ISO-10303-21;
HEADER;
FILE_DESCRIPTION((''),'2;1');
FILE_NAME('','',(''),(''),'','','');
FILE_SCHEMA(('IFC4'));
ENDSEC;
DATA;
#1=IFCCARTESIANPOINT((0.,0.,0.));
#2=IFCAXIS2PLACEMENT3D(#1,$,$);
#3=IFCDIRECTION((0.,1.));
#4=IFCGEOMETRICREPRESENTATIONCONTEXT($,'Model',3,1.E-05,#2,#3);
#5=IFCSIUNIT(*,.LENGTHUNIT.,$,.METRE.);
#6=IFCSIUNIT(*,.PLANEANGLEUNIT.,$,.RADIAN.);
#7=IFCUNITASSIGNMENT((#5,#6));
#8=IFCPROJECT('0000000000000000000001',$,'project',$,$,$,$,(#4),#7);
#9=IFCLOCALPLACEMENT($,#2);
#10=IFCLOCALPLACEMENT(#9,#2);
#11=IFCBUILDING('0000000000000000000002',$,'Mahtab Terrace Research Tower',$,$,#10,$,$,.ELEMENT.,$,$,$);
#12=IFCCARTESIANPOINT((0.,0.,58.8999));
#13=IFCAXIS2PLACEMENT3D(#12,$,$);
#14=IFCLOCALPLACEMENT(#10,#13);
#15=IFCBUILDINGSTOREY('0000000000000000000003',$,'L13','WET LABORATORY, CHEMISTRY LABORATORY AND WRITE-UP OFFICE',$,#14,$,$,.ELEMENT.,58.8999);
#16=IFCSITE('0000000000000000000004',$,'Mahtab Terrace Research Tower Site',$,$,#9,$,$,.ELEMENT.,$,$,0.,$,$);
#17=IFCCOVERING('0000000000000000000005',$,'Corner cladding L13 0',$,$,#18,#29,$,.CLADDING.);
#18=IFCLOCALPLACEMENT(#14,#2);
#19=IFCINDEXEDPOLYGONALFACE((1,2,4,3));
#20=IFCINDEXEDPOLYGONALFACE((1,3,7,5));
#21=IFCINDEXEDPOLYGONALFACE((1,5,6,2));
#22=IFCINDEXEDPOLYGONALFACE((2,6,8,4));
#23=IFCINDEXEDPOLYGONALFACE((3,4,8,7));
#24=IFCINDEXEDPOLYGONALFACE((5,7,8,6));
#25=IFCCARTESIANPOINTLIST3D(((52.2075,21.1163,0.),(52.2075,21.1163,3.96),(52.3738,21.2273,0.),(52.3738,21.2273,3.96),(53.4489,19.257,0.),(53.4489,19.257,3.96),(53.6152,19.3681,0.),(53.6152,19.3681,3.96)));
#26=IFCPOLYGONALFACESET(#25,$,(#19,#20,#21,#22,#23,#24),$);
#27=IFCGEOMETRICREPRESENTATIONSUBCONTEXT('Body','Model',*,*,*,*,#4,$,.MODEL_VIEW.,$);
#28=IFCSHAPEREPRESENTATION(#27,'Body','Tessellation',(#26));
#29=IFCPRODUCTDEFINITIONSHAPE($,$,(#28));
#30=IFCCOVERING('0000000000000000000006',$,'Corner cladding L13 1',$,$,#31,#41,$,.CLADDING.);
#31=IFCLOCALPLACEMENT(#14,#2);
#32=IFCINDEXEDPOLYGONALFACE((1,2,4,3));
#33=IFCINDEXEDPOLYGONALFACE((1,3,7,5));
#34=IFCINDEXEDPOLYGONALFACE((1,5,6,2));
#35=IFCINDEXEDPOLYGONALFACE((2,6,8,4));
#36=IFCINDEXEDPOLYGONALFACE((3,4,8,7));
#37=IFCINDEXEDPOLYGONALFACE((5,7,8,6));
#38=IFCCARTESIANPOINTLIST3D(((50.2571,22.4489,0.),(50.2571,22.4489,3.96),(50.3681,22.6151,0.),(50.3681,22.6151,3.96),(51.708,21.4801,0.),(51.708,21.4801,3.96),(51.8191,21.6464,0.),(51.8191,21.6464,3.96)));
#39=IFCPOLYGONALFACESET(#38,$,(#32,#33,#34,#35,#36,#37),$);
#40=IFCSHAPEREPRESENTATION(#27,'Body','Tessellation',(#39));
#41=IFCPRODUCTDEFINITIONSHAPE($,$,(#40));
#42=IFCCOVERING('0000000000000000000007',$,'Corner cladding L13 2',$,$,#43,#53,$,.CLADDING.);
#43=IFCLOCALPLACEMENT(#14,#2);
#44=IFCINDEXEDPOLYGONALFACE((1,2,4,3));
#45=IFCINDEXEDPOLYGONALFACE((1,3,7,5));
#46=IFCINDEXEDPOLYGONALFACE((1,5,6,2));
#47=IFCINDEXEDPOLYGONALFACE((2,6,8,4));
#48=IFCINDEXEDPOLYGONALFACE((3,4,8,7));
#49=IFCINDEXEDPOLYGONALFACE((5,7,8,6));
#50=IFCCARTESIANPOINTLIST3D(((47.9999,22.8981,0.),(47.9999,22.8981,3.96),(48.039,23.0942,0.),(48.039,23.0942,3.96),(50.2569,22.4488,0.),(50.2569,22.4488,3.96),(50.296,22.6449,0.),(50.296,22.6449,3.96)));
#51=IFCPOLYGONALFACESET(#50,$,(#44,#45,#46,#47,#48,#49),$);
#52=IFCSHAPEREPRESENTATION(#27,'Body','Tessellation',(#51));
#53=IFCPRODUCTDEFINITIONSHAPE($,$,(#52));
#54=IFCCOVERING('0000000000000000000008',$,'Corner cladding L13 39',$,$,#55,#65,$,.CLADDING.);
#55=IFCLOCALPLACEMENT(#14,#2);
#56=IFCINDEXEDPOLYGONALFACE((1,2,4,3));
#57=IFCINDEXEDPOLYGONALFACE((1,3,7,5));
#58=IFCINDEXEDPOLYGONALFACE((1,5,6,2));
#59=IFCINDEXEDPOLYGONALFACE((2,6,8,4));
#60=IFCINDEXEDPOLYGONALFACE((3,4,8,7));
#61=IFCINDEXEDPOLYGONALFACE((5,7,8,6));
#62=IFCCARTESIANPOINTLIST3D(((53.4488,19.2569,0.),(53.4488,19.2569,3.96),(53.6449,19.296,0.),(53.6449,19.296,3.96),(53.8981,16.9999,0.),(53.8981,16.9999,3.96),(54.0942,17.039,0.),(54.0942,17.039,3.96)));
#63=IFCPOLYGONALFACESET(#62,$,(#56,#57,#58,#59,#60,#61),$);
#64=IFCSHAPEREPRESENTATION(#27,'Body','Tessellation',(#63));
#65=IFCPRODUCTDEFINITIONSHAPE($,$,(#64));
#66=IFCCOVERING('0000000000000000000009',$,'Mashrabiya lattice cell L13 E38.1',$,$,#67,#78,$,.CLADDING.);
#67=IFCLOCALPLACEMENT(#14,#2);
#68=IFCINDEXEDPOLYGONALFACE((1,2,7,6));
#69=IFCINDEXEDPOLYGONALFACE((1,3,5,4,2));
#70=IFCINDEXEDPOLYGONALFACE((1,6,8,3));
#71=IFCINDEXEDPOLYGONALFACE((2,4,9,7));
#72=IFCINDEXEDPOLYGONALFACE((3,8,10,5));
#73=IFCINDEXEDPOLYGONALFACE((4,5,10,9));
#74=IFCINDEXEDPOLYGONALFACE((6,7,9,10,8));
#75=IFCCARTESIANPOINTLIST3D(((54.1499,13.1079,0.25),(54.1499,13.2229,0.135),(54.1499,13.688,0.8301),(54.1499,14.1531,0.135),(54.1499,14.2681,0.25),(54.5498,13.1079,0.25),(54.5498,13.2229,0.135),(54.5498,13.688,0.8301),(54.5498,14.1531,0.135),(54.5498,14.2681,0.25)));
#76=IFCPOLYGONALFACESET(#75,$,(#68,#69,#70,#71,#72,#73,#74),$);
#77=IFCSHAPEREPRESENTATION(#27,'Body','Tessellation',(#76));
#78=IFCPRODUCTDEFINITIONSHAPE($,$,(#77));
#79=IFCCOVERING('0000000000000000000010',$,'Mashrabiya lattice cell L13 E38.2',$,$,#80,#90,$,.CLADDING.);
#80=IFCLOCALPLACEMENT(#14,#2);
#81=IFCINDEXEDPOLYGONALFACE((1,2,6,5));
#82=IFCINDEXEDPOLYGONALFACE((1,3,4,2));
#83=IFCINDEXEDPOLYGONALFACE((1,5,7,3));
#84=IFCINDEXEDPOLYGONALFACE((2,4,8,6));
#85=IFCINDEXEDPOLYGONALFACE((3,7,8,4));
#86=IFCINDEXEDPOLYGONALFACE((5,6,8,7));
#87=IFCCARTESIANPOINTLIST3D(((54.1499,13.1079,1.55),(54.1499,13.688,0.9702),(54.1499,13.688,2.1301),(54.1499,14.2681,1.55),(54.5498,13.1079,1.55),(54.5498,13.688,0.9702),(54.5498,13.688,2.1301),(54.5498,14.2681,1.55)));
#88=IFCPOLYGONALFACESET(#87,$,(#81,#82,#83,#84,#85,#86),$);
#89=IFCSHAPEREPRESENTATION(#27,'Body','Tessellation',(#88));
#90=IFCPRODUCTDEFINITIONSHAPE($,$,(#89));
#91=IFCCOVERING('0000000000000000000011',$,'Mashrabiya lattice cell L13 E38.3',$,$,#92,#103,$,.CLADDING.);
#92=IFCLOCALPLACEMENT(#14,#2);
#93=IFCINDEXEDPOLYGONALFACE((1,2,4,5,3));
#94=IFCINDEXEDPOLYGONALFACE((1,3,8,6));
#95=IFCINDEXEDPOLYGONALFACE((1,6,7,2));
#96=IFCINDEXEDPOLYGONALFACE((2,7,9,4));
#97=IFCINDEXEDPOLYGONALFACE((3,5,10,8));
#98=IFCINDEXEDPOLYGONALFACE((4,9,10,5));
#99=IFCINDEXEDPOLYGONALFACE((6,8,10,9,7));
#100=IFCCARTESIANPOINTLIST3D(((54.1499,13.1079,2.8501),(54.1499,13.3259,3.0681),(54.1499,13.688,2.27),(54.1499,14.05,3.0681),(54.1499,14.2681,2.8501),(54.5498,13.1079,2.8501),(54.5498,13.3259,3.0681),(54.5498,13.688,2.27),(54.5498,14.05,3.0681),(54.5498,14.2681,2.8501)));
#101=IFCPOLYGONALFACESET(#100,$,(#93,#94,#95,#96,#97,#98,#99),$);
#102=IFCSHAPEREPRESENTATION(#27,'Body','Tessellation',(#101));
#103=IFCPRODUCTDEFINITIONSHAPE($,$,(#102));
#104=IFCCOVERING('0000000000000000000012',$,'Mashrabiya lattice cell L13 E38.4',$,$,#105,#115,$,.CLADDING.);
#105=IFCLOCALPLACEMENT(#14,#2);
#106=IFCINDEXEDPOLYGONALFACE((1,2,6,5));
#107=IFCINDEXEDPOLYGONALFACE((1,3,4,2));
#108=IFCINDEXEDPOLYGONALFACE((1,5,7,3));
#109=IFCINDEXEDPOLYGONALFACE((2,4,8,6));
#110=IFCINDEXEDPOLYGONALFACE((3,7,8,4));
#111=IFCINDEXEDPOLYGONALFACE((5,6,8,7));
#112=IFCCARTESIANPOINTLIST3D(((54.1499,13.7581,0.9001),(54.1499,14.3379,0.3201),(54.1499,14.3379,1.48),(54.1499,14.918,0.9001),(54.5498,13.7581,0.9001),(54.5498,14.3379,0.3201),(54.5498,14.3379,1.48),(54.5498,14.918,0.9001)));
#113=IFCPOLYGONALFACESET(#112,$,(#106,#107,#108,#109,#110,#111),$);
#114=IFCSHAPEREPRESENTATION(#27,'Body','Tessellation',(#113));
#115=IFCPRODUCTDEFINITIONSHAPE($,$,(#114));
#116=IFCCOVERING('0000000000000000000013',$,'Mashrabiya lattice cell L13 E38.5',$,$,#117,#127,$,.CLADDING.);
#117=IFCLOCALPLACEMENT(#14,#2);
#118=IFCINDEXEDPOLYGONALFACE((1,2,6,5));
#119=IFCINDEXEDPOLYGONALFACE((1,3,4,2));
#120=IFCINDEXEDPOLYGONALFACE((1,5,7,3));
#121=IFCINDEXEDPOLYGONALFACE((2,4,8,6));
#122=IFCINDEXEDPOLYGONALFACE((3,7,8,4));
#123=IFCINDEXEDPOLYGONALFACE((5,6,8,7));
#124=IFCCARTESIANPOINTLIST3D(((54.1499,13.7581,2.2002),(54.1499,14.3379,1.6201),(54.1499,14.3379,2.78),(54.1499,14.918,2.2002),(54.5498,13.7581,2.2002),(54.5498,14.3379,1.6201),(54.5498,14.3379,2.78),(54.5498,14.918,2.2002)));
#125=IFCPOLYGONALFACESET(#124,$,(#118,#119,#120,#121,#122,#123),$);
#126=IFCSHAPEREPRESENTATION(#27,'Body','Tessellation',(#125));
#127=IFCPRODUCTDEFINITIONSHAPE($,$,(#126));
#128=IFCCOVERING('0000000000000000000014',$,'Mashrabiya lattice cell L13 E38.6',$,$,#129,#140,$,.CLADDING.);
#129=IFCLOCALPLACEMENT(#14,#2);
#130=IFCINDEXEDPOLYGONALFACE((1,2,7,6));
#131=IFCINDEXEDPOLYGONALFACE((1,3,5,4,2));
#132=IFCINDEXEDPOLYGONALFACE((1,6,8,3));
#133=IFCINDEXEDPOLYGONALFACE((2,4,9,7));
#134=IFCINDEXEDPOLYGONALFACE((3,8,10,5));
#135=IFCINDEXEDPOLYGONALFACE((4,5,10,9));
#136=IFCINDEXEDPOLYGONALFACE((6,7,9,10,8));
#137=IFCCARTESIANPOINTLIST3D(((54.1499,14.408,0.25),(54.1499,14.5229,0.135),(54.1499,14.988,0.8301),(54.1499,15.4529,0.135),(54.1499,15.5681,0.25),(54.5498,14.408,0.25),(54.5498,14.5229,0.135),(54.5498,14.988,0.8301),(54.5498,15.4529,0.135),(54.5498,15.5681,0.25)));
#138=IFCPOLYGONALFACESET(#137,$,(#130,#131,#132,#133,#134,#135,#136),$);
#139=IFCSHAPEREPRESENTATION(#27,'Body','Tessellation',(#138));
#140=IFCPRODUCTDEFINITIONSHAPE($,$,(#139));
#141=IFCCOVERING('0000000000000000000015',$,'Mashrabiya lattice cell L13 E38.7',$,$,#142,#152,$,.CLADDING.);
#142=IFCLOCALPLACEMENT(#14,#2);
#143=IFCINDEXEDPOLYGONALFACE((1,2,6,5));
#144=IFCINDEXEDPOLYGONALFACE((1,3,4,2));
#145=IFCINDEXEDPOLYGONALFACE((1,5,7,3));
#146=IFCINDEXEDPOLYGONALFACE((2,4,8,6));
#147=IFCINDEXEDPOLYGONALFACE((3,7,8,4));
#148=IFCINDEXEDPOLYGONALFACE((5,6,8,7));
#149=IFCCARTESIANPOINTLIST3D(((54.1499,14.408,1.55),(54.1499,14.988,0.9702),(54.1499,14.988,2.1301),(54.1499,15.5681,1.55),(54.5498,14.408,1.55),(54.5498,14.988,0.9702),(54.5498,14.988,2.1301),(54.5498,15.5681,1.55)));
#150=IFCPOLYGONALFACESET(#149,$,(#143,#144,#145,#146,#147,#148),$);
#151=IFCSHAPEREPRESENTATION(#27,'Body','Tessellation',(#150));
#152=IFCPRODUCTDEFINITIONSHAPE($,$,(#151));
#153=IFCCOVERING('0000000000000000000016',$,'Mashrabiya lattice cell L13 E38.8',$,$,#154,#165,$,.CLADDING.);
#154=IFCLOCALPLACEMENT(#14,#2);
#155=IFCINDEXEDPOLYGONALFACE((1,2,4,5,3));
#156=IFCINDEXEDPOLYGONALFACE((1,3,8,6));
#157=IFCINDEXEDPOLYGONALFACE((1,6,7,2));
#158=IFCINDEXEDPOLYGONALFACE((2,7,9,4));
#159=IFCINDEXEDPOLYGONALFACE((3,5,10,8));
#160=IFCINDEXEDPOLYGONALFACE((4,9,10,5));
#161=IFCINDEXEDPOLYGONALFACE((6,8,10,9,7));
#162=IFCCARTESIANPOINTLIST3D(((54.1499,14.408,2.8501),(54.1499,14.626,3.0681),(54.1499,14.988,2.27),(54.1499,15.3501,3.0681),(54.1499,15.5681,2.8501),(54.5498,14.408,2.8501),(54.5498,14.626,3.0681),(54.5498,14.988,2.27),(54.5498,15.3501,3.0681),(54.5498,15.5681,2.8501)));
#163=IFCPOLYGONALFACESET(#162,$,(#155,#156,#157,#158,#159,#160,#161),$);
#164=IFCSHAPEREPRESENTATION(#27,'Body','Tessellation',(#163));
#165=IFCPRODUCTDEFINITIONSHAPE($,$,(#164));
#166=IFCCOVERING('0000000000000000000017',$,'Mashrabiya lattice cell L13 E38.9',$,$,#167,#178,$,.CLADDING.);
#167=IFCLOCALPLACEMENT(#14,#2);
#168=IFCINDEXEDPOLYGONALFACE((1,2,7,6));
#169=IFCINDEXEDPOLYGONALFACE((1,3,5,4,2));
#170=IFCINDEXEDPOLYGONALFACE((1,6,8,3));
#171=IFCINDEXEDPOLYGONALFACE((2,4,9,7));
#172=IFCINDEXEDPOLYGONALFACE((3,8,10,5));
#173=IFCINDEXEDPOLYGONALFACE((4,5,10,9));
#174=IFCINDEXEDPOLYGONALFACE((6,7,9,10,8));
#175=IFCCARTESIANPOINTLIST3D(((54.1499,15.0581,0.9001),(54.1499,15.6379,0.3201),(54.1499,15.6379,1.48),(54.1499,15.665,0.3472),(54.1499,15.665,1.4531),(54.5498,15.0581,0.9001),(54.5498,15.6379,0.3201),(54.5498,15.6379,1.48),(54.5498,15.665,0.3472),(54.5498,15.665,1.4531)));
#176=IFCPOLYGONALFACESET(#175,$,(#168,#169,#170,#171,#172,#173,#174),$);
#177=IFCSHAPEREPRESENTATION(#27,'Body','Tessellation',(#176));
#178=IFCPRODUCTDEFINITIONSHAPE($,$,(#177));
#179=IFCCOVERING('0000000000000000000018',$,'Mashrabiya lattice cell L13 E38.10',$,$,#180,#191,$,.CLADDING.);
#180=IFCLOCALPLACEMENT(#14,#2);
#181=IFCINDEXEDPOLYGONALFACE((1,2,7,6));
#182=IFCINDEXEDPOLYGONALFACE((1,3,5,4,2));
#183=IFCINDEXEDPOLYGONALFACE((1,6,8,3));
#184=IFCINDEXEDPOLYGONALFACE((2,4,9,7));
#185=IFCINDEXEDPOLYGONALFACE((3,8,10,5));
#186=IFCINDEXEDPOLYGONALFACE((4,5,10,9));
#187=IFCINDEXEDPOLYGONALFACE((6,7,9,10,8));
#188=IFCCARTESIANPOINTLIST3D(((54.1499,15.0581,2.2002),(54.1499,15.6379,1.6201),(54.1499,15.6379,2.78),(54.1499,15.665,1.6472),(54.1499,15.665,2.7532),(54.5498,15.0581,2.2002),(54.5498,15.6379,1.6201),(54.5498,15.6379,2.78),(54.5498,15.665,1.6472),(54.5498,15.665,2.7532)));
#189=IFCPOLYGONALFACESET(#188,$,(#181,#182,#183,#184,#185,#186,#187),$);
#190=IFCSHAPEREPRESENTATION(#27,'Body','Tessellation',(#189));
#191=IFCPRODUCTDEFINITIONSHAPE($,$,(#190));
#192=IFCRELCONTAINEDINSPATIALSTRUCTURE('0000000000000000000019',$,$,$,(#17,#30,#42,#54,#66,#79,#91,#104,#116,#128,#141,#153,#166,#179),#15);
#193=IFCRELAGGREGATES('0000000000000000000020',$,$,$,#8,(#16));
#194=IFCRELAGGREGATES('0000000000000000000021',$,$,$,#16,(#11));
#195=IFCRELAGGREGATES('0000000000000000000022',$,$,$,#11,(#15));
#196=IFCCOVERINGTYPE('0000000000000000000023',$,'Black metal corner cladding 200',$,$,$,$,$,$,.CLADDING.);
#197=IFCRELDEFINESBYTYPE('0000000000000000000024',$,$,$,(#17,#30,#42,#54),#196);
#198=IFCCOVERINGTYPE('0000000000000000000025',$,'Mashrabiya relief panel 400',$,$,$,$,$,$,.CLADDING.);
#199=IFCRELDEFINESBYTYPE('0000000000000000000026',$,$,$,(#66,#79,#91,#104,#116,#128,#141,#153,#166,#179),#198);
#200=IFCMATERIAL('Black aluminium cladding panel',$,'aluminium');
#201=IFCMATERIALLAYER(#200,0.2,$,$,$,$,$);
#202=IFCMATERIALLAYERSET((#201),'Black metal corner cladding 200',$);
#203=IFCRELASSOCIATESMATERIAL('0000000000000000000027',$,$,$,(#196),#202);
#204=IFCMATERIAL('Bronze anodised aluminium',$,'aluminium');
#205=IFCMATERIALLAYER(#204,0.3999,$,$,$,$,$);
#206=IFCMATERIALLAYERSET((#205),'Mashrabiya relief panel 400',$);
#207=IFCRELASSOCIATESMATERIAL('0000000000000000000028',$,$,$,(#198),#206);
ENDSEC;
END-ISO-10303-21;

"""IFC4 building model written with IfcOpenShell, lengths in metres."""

from ifc_helpers import new_model, si_unit, direction, frame, origin, origin_2d, place, context, subcontext, project, spatial, polyline, rectangle, outline, extrude, material, layer, layer_set, type_object, element, save


model = new_model("IFC4")

# Units and contexts
model_context = context("Model", 3, precision=1e-05, world=origin(), true_north=direction((0.0, 1.0)))
body_context = subcontext(model_context, "Body", "Model", "MODEL_VIEW")
ifc_project = project(units=[si_unit("LENGTHUNIT", "METRE"), si_unit("PLANEANGLEUNIT", "RADIAN")], contexts=[model_context])

# Site, building, storey
site_placement = place(None, origin())
site = spatial("IfcSite", under=ifc_project, at=site_placement, Name="Mahtab Terrace Research Tower Site", CompositionType="ELEMENT", RefElevation=0.0)
building_placement = place(site_placement, origin())
building = spatial("IfcBuilding", under=site, at=building_placement, Name="Mahtab Terrace Research Tower", CompositionType="ELEMENT")
storey_placement = place(building_placement, frame((0.0, 0.0, 58.8999)))
storey = spatial("IfcBuildingStorey", under=building, at=storey_placement, Name="L13", Description="WET LABORATORY, CHEMISTRY LABORATORY AND WRITE-UP OFFICE", CompositionType="ELEMENT", Elevation=58.8999)

# Shared definitions
ifc_material_1 = material(Name="Black aluminium cladding panel", Category="aluminium")

# Coverings
ifc_layer_1 = layer(ifc_material_1, 0.2)
ifc_layer_set_1 = layer_set([ifc_layer_1], Name="Black metal corner cladding 200")
covering_type_1 = type_object("IfcCoveringType", Name="Black metal corner cladding 200", PredefinedType="CLADDING", material=ifc_layer_set_1)
covering_1_placement = place(storey_placement, frame((52.9114, 20.2422, 0.0), z_axis=(0.0, 0.0, 1.0), x_axis=(-0.555291, 0.831656, 0.0)))
element("IfcCovering", 1, at=covering_1_placement, inside=storey, type_object=covering_type_1, Name="Corner cladding L13 0", PredefinedType="CLADDING", context=body_context, shape_type="SweptSolid", body=[
    extrude(rectangle(XDim=2.2356, YDim=0.2, at=origin_2d()), origin(), (0.0, 0.0, 1.0), 3.96),
])
covering_2_placement = place(storey_placement, frame((51.0381, 22.0476, 0.0), z_axis=(0.0, 0.0, 1.0), x_axis=(-0.831656, 0.555291, 0.0)))
element("IfcCovering", 2, at=covering_2_placement, inside=storey, type_object=covering_type_1, Name="Corner cladding L13 1", PredefinedType="CLADDING", context=body_context, shape_type="SweptSolid", body=[
    extrude(rectangle(XDim=1.7446, YDim=0.2, at=origin_2d()), origin(), (0.0, 0.0, 1.0), 3.96),
])
for number, where, z_axis, x_axis, name in (
    (3, (49.1479, 22.7715, 0.0), (0.0, 0.0, 1.0), (-0.980761, 0.195212, 0.0), "Corner cladding L13 2"),
    (4, (53.7715, 18.1479, 0.0), (0.0, 0.0, 1.0), (-0.195212, 0.980761, 0.0), "Corner cladding L13 39"),
):
    element("IfcCovering", number, at=place(storey_placement, frame(where, z_axis=z_axis, x_axis=x_axis)), inside=storey, type_object=covering_type_1, Name=name, PredefinedType="CLADDING", context=body_context, shape_type="SweptSolid", body=[
        extrude(rectangle(XDim=2.3013, YDim=0.2, at=origin_2d()), origin(), (0.0, 0.0, 1.0), 3.96),
    ])
ifc_material_2 = material(Name="Bronze anodised aluminium", Category="aluminium")
ifc_layer_2 = layer(ifc_material_2, 0.3999)
ifc_layer_set_2 = layer_set([ifc_layer_2], Name="Mashrabiya relief panel 400")
covering_type_2 = type_object("IfcCoveringType", Name="Mashrabiya relief panel 400", PredefinedType="CLADDING", material=ifc_layer_set_2)
covering_3_placement = place(storey_placement, frame((54.1499, 13.1079, 0.25), z_axis=(-1.0, 0.0, 0.0), x_axis=(0.0, 0.707107, 0.707107)))
element("IfcCovering", 5, at=covering_3_placement, inside=storey, type_object=covering_type_2, Name="Mashrabiya lattice cell L13 E38.1", PredefinedType="CLADDING", context=body_context, shape_type="SweptSolid", body=[
    extrude(outline(polyline([(0.0, 0.0), (0.8204, 0.0), (0.8204, 0.8204), (0.6577, 0.8204), (0.0, 0.1626), (0.0, 0.0)])), origin(), (0.0, 0.0, -1.0), 0.3999),
])
covering_4_placement = place(storey_placement, frame((54.1499, 13.688, 2.1301), z_axis=(-1.0, 0.0, 0.0), x_axis=(0.0, 0.707107, -0.707107)))
element("IfcCovering", 6, at=covering_4_placement, inside=storey, type_object=covering_type_2, Name="Mashrabiya lattice cell L13 E38.2", PredefinedType="CLADDING", context=body_context, shape_type="SweptSolid", body=[
    extrude(outline(polyline([(0.0, 0.0), (0.8204, 0.0), (0.8202, 0.8202), (0.0, 0.8204), (0.0, 0.0)])), origin(), (0.0, 0.0, -1.0), 0.3999),
])
covering_5_placement = place(storey_placement, frame((54.1499, 14.2681, 2.8501), z_axis=(-1.0, 0.0, 0.0), x_axis=(0.0, -0.707107, -0.707107)))
element("IfcCovering", 7, at=covering_5_placement, inside=storey, type_object=covering_type_2, Name="Mashrabiya lattice cell L13 E38.3", PredefinedType="CLADDING", context=body_context, shape_type="SweptSolid", body=[
    extrude(outline(polyline([(0.0, 0.0), (0.8204, 0.0), (0.8204, 0.8204), (0.512, 0.8204), (0.0, 0.3083), (0.0, 0.0)])), origin(), (0.0, 0.0, -1.0), 0.3999),
])
for number, where, z_axis, x_axis, name in (
    (8, (54.1499, 14.3379, 1.48), (-1.0, 0.0, 0.0), (0.0, 0.707256, -0.706958), "Mashrabiya lattice cell L13 E38.4"),
    (9, (54.1499, 14.3379, 2.78), (-1.0, 0.0, 0.0), (0.0, 0.707256, -0.706958), "Mashrabiya lattice cell L13 E38.5"),
):
    element("IfcCovering", number, at=place(storey_placement, frame(where, z_axis=z_axis, x_axis=x_axis)), inside=storey, type_object=covering_type_2, Name=name, PredefinedType="CLADDING", context=body_context, shape_type="SweptSolid", body=[
        extrude(outline(polyline([(0.0, 0.0), (0.8202, 0.0), (0.82, 0.8204), (-0.0002, 0.82), (0.0, 0.0)])), origin(), (0.0, 0.0, -1.0), 0.3999),
    ])
covering_6_placement = place(storey_placement, frame((54.1499, 14.408, 0.25), z_axis=(-1.0, 0.0, 0.0), x_axis=(0.0, 0.707107, 0.707107)))
element("IfcCovering", 10, at=covering_6_placement, inside=storey, type_object=covering_type_2, Name="Mashrabiya lattice cell L13 E38.6", PredefinedType="CLADDING", context=body_context, shape_type="SweptSolid", body=[
    extrude(outline(polyline([(0.0, 0.0), (0.8204, 0.0), (0.8204, 0.8204), (0.6576, 0.8202), (0.0, 0.1626), (0.0, 0.0)])), origin(), (0.0, 0.0, -1.0), 0.3999),
])
covering_7_placement = place(storey_placement, frame((54.1499, 14.988, 2.1301), z_axis=(-1.0, 0.0, 0.0), x_axis=(0.0, 0.707107, -0.707107)))
element("IfcCovering", 11, at=covering_7_placement, inside=storey, type_object=covering_type_2, Name="Mashrabiya lattice cell L13 E38.7", PredefinedType="CLADDING", context=body_context, shape_type="SweptSolid", body=[
    extrude(outline(polyline([(0.0, 0.0), (0.8204, 0.0), (0.8202, 0.8202), (0.0, 0.8204), (0.0, 0.0)])), origin(), (0.0, 0.0, -1.0), 0.3999),
])
covering_8_placement = place(storey_placement, frame((54.1499, 15.5681, 2.8501), z_axis=(-1.0, 0.0, 0.0), x_axis=(0.0, -0.707107, -0.707107)))
element("IfcCovering", 12, at=covering_8_placement, inside=storey, type_object=covering_type_2, Name="Mashrabiya lattice cell L13 E38.8", PredefinedType="CLADDING", context=body_context, shape_type="SweptSolid", body=[
    extrude(outline(polyline([(0.0, 0.0), (0.8204, 0.0), (0.8204, 0.8204), (0.512, 0.8204), (0.0, 0.3083), (0.0, 0.0)])), origin(), (0.0, 0.0, -1.0), 0.3999),
])
for number, where, z_axis, x_axis, name in (
    (13, (54.1499, 15.6379, 0.3201), (-1.0, 0.0, 0.0), (0.0, -0.706958, 0.707256), "Mashrabiya lattice cell L13 E38.9"),
    (14, (54.1499, 15.6379, 1.6201), (-1.0, 0.0, 0.0), (0.0, -0.706958, 0.707256), "Mashrabiya lattice cell L13 E38.10"),
):
    element("IfcCovering", number, at=place(storey_placement, frame(where, z_axis=z_axis, x_axis=x_axis)), inside=storey, type_object=covering_type_2, Name=name, PredefinedType="CLADDING", context=body_context, shape_type="SweptSolid", body=[
        extrude(outline(polyline([(0.0, 0.0), (0.8202, 0.0), (0.8204, 0.82), (0.7822, 0.8202), (0.0, 0.0383), (0.0, 0.0)])), origin(), (0.0, 0.0, -1.0), 0.3999),
    ])

save(model, "model.ifc")
